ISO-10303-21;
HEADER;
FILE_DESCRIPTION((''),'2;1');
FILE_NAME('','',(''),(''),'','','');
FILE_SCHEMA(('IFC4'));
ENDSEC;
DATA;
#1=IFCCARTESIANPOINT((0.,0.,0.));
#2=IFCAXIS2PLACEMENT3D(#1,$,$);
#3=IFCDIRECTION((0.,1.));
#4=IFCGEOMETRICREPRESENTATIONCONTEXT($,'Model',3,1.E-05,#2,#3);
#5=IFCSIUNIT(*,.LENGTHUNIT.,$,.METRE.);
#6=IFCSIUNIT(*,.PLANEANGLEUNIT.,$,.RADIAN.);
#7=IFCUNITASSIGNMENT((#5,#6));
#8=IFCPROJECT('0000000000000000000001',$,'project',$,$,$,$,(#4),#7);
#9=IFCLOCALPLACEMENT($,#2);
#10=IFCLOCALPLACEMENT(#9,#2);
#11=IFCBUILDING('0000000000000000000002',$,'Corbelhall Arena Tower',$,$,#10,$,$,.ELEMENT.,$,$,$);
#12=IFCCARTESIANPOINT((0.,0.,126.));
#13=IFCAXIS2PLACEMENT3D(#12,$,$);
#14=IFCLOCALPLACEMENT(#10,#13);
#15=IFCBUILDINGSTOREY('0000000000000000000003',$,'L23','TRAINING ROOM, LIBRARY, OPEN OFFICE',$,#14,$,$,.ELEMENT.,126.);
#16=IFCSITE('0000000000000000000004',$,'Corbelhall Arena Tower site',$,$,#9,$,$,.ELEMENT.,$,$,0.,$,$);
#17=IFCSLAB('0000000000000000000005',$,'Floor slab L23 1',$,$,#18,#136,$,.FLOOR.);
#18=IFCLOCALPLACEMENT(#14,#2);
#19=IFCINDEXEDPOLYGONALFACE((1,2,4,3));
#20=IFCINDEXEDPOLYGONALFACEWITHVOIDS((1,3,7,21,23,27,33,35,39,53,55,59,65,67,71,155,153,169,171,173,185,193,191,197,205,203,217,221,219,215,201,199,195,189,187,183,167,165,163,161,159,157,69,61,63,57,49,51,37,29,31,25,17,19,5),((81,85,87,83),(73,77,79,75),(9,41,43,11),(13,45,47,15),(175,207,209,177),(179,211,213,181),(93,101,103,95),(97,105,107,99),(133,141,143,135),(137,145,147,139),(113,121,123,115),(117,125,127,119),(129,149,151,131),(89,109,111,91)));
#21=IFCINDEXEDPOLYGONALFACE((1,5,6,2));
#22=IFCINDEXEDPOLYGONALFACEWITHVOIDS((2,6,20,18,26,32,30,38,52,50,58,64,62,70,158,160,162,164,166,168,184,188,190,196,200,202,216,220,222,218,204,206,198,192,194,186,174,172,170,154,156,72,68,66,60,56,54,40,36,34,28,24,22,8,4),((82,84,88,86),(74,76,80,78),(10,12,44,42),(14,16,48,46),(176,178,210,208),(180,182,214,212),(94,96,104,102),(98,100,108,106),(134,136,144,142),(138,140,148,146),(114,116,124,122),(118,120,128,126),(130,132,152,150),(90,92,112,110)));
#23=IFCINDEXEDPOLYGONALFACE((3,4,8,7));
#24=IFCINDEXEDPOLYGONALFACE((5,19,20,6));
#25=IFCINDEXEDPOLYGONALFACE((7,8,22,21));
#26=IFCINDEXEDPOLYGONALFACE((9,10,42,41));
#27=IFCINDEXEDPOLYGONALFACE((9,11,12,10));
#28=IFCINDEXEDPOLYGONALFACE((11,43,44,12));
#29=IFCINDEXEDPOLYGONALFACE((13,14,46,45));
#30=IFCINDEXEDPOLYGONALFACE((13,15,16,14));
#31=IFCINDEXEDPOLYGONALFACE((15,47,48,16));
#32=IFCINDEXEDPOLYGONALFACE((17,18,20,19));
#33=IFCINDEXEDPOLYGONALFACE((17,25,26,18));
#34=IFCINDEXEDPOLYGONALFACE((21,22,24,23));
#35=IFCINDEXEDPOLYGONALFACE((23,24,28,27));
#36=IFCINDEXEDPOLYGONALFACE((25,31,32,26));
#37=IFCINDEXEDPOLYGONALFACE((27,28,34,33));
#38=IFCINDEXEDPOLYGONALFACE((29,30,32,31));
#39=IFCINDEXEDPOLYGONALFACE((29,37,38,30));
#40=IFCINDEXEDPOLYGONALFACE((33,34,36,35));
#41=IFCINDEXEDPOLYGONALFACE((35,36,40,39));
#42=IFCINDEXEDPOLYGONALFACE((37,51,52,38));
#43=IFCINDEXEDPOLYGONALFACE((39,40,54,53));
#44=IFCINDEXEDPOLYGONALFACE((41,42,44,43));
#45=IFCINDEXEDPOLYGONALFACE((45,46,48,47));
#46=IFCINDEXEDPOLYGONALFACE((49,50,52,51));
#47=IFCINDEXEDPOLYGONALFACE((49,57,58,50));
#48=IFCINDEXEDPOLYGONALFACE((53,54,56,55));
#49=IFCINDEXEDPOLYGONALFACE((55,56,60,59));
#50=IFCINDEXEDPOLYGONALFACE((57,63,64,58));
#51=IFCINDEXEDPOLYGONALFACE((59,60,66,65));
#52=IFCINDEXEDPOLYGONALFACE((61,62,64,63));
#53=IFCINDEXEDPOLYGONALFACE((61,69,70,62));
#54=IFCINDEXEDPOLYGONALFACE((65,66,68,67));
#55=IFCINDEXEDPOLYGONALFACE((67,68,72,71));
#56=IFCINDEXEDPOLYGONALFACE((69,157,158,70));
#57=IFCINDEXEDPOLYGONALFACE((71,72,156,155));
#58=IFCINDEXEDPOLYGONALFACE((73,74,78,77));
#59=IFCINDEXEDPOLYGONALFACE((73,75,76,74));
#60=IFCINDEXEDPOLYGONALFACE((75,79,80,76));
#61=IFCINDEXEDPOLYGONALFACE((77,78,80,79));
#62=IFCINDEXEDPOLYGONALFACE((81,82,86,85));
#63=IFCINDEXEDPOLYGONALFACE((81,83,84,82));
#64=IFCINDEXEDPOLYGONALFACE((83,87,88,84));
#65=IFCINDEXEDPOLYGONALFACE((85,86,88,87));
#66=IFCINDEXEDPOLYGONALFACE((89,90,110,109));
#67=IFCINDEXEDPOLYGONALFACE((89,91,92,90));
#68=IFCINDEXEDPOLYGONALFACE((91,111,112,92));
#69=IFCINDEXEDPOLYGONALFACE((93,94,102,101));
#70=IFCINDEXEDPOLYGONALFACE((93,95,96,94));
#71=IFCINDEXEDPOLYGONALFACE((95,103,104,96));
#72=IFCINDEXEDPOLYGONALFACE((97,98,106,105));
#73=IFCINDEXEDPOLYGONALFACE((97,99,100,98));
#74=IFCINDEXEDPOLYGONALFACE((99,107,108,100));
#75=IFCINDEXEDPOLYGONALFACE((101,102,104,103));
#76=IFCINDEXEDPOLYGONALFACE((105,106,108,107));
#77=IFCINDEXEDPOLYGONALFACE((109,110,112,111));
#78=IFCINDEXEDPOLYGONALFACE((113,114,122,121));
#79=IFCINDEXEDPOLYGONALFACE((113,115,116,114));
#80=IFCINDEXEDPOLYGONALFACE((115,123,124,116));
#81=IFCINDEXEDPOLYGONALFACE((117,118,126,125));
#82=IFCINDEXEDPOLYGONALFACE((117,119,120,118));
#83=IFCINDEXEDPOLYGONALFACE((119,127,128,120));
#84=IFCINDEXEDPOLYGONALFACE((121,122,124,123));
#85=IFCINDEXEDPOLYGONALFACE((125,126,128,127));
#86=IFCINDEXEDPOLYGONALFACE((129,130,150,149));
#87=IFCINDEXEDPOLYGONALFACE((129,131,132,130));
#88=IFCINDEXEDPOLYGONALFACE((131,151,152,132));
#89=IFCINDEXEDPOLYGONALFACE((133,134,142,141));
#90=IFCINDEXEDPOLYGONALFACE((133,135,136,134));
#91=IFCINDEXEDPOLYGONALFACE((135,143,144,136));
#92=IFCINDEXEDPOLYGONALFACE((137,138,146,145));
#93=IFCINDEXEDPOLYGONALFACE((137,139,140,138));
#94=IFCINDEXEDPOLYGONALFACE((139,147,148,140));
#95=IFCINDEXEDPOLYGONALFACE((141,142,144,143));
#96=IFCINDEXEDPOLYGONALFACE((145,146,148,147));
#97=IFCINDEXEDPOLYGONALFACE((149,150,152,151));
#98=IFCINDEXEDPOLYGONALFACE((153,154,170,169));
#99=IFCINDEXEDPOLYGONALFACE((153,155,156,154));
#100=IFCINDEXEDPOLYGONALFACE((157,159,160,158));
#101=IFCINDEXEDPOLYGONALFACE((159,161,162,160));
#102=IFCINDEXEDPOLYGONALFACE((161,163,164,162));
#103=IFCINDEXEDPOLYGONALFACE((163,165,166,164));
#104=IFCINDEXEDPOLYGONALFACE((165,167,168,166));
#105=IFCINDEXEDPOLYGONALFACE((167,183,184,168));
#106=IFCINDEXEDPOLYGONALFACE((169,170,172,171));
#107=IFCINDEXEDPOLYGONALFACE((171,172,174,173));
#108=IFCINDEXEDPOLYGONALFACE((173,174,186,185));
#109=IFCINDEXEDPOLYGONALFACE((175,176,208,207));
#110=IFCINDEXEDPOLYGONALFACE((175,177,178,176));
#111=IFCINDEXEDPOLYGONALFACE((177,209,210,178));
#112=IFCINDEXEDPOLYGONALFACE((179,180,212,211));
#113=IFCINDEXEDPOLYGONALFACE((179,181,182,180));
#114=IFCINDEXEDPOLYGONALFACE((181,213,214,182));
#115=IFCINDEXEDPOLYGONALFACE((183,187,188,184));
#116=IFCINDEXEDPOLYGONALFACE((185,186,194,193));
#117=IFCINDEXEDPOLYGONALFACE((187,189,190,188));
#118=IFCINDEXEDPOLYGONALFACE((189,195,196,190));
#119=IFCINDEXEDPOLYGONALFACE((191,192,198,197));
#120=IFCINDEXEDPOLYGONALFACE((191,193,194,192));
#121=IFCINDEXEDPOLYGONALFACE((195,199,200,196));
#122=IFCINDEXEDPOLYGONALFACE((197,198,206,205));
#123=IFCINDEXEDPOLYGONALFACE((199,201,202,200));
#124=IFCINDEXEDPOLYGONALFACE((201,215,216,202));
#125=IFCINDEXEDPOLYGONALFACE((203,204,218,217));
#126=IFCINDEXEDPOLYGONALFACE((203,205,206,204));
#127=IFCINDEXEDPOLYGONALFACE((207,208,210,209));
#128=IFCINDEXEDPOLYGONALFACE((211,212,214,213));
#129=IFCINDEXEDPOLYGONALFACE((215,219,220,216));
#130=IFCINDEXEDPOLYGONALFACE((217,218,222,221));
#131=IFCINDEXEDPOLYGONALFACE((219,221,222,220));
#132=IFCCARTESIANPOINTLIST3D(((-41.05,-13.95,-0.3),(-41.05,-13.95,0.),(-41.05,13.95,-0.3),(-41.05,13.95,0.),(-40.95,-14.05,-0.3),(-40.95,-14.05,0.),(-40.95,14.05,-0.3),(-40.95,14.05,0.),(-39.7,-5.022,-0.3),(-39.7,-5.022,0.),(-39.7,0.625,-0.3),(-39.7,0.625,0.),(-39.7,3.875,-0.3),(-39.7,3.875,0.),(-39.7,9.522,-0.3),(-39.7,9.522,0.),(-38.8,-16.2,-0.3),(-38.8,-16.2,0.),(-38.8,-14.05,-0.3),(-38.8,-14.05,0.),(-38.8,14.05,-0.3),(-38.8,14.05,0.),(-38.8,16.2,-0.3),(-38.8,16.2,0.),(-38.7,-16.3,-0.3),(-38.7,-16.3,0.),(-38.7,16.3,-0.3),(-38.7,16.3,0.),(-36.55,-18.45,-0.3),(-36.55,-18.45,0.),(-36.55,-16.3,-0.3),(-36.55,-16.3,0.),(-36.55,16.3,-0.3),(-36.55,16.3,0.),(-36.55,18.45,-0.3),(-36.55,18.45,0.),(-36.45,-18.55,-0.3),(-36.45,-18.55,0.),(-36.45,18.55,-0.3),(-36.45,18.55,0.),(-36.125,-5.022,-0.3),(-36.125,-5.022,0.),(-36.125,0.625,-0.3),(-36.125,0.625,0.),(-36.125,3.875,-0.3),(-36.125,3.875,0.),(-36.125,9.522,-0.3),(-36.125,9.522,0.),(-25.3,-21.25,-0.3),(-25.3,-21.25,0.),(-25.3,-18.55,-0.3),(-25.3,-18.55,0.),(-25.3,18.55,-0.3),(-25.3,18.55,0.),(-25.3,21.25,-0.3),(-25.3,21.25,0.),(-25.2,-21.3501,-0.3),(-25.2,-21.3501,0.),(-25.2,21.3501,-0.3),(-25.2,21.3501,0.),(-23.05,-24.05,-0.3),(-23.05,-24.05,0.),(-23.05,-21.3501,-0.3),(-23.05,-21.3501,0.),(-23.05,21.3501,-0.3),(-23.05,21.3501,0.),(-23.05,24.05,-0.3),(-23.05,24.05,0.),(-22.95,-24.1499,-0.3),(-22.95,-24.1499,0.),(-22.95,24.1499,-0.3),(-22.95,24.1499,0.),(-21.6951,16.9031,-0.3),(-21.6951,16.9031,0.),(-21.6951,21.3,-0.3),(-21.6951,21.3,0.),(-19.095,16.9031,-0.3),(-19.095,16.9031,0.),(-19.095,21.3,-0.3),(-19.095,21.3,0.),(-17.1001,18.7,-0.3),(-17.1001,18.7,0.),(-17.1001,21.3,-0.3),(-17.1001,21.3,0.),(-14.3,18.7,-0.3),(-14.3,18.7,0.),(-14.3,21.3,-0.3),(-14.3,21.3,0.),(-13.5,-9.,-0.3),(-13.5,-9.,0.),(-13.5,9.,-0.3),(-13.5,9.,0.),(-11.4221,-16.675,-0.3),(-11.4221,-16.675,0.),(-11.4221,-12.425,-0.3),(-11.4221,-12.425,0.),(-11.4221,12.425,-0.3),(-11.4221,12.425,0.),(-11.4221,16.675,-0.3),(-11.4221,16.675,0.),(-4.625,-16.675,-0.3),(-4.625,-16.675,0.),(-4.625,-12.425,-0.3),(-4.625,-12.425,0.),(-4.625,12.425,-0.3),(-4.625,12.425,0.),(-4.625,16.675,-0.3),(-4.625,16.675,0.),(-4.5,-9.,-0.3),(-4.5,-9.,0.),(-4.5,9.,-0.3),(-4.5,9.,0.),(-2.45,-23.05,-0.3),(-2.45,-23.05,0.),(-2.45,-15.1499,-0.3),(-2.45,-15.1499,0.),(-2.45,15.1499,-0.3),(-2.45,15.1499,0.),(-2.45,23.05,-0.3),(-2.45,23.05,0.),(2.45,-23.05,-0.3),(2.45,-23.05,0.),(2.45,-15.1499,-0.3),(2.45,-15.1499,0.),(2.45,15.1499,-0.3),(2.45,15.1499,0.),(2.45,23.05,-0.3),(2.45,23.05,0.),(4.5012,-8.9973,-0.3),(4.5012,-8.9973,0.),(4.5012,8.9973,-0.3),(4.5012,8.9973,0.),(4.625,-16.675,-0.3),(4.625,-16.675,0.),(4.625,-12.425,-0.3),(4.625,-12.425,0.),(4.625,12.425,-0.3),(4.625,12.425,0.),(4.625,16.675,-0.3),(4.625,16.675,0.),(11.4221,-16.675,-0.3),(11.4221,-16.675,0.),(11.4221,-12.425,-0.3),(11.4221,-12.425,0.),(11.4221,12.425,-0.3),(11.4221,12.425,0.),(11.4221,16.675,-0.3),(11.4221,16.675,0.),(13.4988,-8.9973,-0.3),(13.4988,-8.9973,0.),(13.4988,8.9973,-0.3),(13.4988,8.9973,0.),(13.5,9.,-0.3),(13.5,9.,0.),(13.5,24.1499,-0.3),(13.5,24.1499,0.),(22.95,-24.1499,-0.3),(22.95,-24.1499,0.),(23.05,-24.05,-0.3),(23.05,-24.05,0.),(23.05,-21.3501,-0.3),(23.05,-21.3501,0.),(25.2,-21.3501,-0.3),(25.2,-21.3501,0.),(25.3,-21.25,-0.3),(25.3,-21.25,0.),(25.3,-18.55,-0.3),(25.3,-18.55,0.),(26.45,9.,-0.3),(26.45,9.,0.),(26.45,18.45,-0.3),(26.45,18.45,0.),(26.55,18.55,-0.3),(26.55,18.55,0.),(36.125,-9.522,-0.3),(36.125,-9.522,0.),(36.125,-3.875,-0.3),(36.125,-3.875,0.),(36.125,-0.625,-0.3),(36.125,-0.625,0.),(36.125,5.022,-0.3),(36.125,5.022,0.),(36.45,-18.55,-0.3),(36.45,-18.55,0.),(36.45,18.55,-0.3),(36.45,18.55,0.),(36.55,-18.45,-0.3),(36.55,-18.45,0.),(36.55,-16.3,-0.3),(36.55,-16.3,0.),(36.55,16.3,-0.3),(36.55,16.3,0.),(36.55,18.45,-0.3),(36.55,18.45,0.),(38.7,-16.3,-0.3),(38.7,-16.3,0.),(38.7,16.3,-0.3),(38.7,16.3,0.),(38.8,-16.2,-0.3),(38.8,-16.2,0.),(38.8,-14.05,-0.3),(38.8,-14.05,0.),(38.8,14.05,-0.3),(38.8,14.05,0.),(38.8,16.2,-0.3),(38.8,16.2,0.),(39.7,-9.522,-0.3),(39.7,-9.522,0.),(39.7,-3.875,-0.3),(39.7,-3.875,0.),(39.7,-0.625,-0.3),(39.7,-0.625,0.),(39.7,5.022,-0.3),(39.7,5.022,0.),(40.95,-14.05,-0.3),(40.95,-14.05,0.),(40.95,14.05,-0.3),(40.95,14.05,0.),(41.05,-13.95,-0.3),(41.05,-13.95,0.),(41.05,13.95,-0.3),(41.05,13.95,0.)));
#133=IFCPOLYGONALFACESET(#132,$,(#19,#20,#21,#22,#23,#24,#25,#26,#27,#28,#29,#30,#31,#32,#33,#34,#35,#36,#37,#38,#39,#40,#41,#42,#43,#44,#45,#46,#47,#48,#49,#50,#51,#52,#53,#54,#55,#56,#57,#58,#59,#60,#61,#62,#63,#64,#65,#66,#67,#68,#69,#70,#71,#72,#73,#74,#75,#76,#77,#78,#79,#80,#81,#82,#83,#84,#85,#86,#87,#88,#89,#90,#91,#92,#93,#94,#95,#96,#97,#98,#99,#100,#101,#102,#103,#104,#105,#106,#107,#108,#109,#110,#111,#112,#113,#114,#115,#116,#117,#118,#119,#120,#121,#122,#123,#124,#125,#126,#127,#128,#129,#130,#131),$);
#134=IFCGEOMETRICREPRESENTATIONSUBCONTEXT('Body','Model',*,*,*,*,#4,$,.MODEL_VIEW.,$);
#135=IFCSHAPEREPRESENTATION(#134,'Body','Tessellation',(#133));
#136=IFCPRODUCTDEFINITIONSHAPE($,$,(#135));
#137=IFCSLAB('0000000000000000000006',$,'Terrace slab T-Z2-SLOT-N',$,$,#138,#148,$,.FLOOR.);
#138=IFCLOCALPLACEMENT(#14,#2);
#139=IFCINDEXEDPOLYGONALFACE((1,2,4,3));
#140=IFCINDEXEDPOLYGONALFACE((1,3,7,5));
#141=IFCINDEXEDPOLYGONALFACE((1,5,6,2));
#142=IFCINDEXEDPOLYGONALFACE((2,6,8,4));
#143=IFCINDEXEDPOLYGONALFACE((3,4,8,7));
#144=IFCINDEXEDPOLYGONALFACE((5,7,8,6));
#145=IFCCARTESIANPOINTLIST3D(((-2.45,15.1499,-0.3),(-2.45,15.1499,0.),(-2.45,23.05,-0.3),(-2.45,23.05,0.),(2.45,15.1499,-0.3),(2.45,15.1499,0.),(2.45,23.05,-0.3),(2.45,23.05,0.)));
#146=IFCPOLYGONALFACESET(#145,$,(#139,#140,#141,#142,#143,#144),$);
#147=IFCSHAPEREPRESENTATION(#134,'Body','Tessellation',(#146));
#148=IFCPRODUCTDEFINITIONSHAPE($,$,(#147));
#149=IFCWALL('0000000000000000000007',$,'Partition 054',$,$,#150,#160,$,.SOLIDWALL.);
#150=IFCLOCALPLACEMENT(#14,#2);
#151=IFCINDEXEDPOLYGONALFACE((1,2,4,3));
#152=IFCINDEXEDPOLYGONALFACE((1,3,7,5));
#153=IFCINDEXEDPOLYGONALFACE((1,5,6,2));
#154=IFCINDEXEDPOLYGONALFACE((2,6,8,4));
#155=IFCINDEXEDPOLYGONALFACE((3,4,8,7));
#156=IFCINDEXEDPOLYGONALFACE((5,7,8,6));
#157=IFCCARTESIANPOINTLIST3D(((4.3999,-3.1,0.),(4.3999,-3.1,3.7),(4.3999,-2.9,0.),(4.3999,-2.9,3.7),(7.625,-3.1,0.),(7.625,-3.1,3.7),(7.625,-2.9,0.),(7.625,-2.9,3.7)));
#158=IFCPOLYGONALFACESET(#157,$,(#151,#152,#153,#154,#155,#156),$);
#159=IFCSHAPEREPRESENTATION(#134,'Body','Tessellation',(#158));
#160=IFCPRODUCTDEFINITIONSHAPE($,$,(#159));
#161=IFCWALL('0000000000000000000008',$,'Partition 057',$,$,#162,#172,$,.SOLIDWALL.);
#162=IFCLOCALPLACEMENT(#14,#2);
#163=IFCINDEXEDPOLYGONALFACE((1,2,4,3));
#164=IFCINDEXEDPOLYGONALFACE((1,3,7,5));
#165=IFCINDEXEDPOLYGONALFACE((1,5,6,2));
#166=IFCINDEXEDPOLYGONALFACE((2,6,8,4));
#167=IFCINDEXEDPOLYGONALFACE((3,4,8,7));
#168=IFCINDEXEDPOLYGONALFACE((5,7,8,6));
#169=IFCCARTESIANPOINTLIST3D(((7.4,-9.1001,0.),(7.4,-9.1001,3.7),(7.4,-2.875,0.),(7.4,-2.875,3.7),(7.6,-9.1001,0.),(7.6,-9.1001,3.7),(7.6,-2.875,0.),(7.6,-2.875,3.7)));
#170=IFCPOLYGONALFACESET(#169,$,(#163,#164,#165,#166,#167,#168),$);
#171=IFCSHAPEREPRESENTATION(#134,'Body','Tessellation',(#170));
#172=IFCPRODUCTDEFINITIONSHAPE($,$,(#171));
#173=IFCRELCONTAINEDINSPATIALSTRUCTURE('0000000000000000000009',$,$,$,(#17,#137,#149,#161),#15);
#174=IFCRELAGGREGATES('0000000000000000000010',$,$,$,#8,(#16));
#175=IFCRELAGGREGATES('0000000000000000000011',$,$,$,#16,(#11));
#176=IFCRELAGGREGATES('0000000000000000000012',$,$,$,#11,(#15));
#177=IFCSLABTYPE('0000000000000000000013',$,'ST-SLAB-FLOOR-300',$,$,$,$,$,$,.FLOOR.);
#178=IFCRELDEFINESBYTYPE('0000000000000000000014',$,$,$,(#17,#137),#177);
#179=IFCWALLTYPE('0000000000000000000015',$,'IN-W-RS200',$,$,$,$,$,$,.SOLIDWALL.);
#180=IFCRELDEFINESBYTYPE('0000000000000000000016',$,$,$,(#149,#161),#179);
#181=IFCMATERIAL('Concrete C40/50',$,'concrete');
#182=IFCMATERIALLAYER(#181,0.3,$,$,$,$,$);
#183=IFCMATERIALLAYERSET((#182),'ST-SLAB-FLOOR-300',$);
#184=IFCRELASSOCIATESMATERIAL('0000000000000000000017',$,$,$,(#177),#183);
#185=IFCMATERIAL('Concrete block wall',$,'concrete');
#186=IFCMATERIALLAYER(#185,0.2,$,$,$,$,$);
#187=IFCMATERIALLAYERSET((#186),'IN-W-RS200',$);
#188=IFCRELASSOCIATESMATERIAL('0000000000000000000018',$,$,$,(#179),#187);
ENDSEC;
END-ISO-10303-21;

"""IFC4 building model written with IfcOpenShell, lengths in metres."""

from ifc_helpers import new_model, si_unit, direction, frame, frame_2d, origin, place, context, subcontext, project, spatial, polyline, rectangle, outline, extrude, material, layer, layer_set, type_object, element, save


model = new_model("IFC4")

# Units and contexts
model_context = context("Model", 3, precision=1e-05, world=origin(), true_north=direction((0.0, 1.0)))
body_context = subcontext(model_context, "Body", "Model", "MODEL_VIEW")
ifc_project = project(units=[si_unit("LENGTHUNIT", "METRE"), si_unit("PLANEANGLEUNIT", "RADIAN")], contexts=[model_context])

# Site, building, storey
site_placement = place(None, origin())
site = spatial("IfcSite", under=ifc_project, at=site_placement, Name="Corbelhall Arena Tower site", CompositionType="ELEMENT", RefElevation=0.0)
building_placement = place(site_placement, origin())
building = spatial("IfcBuilding", under=site, at=building_placement, Name="Corbelhall Arena Tower", CompositionType="ELEMENT")
storey_placement = place(building_placement, frame((0.0, 0.0, 126.0)))
storey = spatial("IfcBuildingStorey", under=building, at=storey_placement, Name="L23", Description="TRAINING ROOM, LIBRARY, OPEN OFFICE", CompositionType="ELEMENT", Elevation=126.0)

# Slabs
ifc_material_1 = material(Name="Concrete C40/50", Category="concrete")
ifc_layer_1 = layer(ifc_material_1, 0.3)
ifc_layer_set_1 = layer_set([ifc_layer_1], Name="ST-SLAB-FLOOR-300")
slab_type = type_object("IfcSlabType", Name="ST-SLAB-FLOOR-300", PredefinedType="FLOOR", material=ifc_layer_set_1)
slab_1_placement = place(storey_placement, frame((0.0, 0.0, -0.3)))
element("IfcSlab", 1, at=slab_1_placement, inside=storey, type_object=slab_type, Name="Floor slab L23 1", PredefinedType="FLOOR", context=body_context, shape_type="SweptSolid", body=[
    extrude(outline(polyline([(41.05, -13.95), (41.05, 13.95), (40.95, 14.05), (38.8, 14.05), (38.8, 16.2), (38.7, 16.3), (36.55, 16.3), (36.55, 18.45), (36.45, 18.55), (26.55, 18.55), (26.45, 18.45), (26.45, 9.0), (13.5, 9.0), (13.5, 24.1499), (-22.95, 24.1499), (-23.05, 24.05), (-23.05, 21.3501), (-25.2, 21.3501), (-25.3, 21.25), (-25.3, 18.55), (-36.45, 18.55), (-36.55, 18.45), (-36.55, 16.3), (-38.7, 16.3), (-38.8, 16.2), (-38.8, 14.05), (-40.95, 14.05), (-41.05, 13.95), (-41.05, -13.95), (-40.95, -14.05), (-38.8, -14.05), (-38.8, -16.2), (-38.7, -16.3), (-36.55, -16.3), (-36.55, -18.45), (-36.45, -18.55), (-25.3, -18.55), (-25.3, -21.25), (-25.2, -21.3501), (-23.05, -21.3501), (-23.05, -24.05), (-22.95, -24.1499), (22.95, -24.1499), (23.05, -24.05), (23.05, -21.3501), (25.2, -21.3501), (25.3, -21.25), (25.3, -18.55), (36.45, -18.55), (36.55, -18.45), (36.55, -16.3), (38.7, -16.3), (38.8, -16.2), (38.8, -14.05), (40.95, -14.05), (41.05, -13.95)]), holes=[polyline([(4.5012, 8.9973), (4.5012, -8.9973), (13.4988, -8.9973), (13.4988, 8.9973), (4.5012, 8.9973)]), polyline([(2.45, -15.1499), (-2.45, -15.1499), (-2.45, -23.05), (2.45, -23.05), (2.45, -15.1499)]), polyline([(-2.45, 23.05), (-2.45, 15.1499), (2.45, 15.1499), (2.45, 23.05), (-2.45, 23.05)]), polyline([(-13.5, 9.0), (-13.5, -9.0), (-4.5, -9.0), (-4.5, 9.0), (-13.5, 9.0)]), polyline([(-4.625, 16.675), (-11.4221, 16.675), (-11.4221, 12.425), (-4.625, 12.425), (-4.625, 16.675)]), polyline([(-4.625, -16.675), (-4.625, -12.425), (-11.4221, -12.425), (-11.4221, -16.675), (-4.625, -16.675)]), polyline([(11.4221, 16.675), (4.625, 16.675), (4.625, 12.425), (11.4221, 12.425), (11.4221, 16.675)]), polyline([(11.4221, -16.675), (11.4221, -12.425), (4.625, -12.425), (4.625, -16.675), (11.4221, -16.675)]), polyline([(-36.125, 3.875), (-36.125, 9.522), (-39.7, 9.522), (-39.7, 3.875), (-36.125, 3.875)]), polyline([(-36.125, 0.625), (-39.7, 0.625), (-39.7, -5.022), (-36.125, -5.022), (-36.125, 0.625)]), polyline([(39.7, -9.522), (39.7, -3.875), (36.125, -3.875), (36.125, -9.522), (39.7, -9.522)]), polyline([(39.7, 5.022), (36.125, 5.022), (36.125, -0.625), (39.7, -0.625), (39.7, 5.022)]), polyline([(-21.6951, 21.3), (-21.6951, 16.9031), (-19.095, 16.9031), (-19.095, 21.3), (-21.6951, 21.3)]), polyline([(-14.3, 21.3), (-17.1001, 21.3), (-17.1001, 18.7), (-14.3, 18.7), (-14.3, 21.3)])]), origin(), (0.0, 0.0, 1.0), 0.3),
])
slab_2_placement = place(storey_placement, frame((0.0, 0.0, -0.3)))
element("IfcSlab", 2, at=slab_2_placement, inside=storey, type_object=slab_type, Name="Terrace slab T-Z2-SLOT-N", PredefinedType="FLOOR", context=body_context, shape_type="SweptSolid", body=[
    extrude(outline(polyline([(2.45, 15.1499), (2.45, 23.05), (-2.45, 23.05), (-2.45, 15.1499), (2.45, 15.1499)])), origin(), (0.0, 0.0, 1.0), 0.3),
])

# Walls
ifc_material_2 = material(Name="Concrete block wall", Category="concrete")
ifc_layer_2 = layer(ifc_material_2, 0.2)
ifc_layer_set_2 = layer_set([ifc_layer_2], Name="IN-W-RS200")
wall_type_1 = type_object("IfcWallType", Name="IN-W-RS200", PredefinedType="SOLIDWALL", material=ifc_layer_set_2)
wall_1_placement = place(storey_placement, frame((4.3999, -3.0, 0.0), z_axis=(0.0, 0.0, 1.0), x_axis=(1.0, 0.0, 0.0)))
element("IfcWall", 3, at=wall_1_placement, inside=storey, type_object=wall_type_1, Name="Partition 054", PredefinedType="SOLIDWALL", context=body_context, shape_type="SweptSolid", body=[
    extrude(rectangle(XDim=3.2251, YDim=0.2, at=frame_2d((1.6125, 0.0))), origin(), (0.0, 0.0, 1.0), 3.7),
])
wall_2_placement = place(storey_placement, frame((7.5, -2.875, 0.0), z_axis=(0.0, 0.0, 1.0), x_axis=(0.0, -1.0, 0.0)))
element("IfcWall", 4, at=wall_2_placement, inside=storey, type_object=wall_type_1, Name="Partition 057", PredefinedType="SOLIDWALL", context=body_context, shape_type="SweptSolid", body=[
    extrude(rectangle(XDim=6.2251, YDim=0.2, at=frame_2d((3.1125, 0.0))), origin(), (0.0, 0.0, 1.0), 3.7),
])

save(model, "model.ifc")
